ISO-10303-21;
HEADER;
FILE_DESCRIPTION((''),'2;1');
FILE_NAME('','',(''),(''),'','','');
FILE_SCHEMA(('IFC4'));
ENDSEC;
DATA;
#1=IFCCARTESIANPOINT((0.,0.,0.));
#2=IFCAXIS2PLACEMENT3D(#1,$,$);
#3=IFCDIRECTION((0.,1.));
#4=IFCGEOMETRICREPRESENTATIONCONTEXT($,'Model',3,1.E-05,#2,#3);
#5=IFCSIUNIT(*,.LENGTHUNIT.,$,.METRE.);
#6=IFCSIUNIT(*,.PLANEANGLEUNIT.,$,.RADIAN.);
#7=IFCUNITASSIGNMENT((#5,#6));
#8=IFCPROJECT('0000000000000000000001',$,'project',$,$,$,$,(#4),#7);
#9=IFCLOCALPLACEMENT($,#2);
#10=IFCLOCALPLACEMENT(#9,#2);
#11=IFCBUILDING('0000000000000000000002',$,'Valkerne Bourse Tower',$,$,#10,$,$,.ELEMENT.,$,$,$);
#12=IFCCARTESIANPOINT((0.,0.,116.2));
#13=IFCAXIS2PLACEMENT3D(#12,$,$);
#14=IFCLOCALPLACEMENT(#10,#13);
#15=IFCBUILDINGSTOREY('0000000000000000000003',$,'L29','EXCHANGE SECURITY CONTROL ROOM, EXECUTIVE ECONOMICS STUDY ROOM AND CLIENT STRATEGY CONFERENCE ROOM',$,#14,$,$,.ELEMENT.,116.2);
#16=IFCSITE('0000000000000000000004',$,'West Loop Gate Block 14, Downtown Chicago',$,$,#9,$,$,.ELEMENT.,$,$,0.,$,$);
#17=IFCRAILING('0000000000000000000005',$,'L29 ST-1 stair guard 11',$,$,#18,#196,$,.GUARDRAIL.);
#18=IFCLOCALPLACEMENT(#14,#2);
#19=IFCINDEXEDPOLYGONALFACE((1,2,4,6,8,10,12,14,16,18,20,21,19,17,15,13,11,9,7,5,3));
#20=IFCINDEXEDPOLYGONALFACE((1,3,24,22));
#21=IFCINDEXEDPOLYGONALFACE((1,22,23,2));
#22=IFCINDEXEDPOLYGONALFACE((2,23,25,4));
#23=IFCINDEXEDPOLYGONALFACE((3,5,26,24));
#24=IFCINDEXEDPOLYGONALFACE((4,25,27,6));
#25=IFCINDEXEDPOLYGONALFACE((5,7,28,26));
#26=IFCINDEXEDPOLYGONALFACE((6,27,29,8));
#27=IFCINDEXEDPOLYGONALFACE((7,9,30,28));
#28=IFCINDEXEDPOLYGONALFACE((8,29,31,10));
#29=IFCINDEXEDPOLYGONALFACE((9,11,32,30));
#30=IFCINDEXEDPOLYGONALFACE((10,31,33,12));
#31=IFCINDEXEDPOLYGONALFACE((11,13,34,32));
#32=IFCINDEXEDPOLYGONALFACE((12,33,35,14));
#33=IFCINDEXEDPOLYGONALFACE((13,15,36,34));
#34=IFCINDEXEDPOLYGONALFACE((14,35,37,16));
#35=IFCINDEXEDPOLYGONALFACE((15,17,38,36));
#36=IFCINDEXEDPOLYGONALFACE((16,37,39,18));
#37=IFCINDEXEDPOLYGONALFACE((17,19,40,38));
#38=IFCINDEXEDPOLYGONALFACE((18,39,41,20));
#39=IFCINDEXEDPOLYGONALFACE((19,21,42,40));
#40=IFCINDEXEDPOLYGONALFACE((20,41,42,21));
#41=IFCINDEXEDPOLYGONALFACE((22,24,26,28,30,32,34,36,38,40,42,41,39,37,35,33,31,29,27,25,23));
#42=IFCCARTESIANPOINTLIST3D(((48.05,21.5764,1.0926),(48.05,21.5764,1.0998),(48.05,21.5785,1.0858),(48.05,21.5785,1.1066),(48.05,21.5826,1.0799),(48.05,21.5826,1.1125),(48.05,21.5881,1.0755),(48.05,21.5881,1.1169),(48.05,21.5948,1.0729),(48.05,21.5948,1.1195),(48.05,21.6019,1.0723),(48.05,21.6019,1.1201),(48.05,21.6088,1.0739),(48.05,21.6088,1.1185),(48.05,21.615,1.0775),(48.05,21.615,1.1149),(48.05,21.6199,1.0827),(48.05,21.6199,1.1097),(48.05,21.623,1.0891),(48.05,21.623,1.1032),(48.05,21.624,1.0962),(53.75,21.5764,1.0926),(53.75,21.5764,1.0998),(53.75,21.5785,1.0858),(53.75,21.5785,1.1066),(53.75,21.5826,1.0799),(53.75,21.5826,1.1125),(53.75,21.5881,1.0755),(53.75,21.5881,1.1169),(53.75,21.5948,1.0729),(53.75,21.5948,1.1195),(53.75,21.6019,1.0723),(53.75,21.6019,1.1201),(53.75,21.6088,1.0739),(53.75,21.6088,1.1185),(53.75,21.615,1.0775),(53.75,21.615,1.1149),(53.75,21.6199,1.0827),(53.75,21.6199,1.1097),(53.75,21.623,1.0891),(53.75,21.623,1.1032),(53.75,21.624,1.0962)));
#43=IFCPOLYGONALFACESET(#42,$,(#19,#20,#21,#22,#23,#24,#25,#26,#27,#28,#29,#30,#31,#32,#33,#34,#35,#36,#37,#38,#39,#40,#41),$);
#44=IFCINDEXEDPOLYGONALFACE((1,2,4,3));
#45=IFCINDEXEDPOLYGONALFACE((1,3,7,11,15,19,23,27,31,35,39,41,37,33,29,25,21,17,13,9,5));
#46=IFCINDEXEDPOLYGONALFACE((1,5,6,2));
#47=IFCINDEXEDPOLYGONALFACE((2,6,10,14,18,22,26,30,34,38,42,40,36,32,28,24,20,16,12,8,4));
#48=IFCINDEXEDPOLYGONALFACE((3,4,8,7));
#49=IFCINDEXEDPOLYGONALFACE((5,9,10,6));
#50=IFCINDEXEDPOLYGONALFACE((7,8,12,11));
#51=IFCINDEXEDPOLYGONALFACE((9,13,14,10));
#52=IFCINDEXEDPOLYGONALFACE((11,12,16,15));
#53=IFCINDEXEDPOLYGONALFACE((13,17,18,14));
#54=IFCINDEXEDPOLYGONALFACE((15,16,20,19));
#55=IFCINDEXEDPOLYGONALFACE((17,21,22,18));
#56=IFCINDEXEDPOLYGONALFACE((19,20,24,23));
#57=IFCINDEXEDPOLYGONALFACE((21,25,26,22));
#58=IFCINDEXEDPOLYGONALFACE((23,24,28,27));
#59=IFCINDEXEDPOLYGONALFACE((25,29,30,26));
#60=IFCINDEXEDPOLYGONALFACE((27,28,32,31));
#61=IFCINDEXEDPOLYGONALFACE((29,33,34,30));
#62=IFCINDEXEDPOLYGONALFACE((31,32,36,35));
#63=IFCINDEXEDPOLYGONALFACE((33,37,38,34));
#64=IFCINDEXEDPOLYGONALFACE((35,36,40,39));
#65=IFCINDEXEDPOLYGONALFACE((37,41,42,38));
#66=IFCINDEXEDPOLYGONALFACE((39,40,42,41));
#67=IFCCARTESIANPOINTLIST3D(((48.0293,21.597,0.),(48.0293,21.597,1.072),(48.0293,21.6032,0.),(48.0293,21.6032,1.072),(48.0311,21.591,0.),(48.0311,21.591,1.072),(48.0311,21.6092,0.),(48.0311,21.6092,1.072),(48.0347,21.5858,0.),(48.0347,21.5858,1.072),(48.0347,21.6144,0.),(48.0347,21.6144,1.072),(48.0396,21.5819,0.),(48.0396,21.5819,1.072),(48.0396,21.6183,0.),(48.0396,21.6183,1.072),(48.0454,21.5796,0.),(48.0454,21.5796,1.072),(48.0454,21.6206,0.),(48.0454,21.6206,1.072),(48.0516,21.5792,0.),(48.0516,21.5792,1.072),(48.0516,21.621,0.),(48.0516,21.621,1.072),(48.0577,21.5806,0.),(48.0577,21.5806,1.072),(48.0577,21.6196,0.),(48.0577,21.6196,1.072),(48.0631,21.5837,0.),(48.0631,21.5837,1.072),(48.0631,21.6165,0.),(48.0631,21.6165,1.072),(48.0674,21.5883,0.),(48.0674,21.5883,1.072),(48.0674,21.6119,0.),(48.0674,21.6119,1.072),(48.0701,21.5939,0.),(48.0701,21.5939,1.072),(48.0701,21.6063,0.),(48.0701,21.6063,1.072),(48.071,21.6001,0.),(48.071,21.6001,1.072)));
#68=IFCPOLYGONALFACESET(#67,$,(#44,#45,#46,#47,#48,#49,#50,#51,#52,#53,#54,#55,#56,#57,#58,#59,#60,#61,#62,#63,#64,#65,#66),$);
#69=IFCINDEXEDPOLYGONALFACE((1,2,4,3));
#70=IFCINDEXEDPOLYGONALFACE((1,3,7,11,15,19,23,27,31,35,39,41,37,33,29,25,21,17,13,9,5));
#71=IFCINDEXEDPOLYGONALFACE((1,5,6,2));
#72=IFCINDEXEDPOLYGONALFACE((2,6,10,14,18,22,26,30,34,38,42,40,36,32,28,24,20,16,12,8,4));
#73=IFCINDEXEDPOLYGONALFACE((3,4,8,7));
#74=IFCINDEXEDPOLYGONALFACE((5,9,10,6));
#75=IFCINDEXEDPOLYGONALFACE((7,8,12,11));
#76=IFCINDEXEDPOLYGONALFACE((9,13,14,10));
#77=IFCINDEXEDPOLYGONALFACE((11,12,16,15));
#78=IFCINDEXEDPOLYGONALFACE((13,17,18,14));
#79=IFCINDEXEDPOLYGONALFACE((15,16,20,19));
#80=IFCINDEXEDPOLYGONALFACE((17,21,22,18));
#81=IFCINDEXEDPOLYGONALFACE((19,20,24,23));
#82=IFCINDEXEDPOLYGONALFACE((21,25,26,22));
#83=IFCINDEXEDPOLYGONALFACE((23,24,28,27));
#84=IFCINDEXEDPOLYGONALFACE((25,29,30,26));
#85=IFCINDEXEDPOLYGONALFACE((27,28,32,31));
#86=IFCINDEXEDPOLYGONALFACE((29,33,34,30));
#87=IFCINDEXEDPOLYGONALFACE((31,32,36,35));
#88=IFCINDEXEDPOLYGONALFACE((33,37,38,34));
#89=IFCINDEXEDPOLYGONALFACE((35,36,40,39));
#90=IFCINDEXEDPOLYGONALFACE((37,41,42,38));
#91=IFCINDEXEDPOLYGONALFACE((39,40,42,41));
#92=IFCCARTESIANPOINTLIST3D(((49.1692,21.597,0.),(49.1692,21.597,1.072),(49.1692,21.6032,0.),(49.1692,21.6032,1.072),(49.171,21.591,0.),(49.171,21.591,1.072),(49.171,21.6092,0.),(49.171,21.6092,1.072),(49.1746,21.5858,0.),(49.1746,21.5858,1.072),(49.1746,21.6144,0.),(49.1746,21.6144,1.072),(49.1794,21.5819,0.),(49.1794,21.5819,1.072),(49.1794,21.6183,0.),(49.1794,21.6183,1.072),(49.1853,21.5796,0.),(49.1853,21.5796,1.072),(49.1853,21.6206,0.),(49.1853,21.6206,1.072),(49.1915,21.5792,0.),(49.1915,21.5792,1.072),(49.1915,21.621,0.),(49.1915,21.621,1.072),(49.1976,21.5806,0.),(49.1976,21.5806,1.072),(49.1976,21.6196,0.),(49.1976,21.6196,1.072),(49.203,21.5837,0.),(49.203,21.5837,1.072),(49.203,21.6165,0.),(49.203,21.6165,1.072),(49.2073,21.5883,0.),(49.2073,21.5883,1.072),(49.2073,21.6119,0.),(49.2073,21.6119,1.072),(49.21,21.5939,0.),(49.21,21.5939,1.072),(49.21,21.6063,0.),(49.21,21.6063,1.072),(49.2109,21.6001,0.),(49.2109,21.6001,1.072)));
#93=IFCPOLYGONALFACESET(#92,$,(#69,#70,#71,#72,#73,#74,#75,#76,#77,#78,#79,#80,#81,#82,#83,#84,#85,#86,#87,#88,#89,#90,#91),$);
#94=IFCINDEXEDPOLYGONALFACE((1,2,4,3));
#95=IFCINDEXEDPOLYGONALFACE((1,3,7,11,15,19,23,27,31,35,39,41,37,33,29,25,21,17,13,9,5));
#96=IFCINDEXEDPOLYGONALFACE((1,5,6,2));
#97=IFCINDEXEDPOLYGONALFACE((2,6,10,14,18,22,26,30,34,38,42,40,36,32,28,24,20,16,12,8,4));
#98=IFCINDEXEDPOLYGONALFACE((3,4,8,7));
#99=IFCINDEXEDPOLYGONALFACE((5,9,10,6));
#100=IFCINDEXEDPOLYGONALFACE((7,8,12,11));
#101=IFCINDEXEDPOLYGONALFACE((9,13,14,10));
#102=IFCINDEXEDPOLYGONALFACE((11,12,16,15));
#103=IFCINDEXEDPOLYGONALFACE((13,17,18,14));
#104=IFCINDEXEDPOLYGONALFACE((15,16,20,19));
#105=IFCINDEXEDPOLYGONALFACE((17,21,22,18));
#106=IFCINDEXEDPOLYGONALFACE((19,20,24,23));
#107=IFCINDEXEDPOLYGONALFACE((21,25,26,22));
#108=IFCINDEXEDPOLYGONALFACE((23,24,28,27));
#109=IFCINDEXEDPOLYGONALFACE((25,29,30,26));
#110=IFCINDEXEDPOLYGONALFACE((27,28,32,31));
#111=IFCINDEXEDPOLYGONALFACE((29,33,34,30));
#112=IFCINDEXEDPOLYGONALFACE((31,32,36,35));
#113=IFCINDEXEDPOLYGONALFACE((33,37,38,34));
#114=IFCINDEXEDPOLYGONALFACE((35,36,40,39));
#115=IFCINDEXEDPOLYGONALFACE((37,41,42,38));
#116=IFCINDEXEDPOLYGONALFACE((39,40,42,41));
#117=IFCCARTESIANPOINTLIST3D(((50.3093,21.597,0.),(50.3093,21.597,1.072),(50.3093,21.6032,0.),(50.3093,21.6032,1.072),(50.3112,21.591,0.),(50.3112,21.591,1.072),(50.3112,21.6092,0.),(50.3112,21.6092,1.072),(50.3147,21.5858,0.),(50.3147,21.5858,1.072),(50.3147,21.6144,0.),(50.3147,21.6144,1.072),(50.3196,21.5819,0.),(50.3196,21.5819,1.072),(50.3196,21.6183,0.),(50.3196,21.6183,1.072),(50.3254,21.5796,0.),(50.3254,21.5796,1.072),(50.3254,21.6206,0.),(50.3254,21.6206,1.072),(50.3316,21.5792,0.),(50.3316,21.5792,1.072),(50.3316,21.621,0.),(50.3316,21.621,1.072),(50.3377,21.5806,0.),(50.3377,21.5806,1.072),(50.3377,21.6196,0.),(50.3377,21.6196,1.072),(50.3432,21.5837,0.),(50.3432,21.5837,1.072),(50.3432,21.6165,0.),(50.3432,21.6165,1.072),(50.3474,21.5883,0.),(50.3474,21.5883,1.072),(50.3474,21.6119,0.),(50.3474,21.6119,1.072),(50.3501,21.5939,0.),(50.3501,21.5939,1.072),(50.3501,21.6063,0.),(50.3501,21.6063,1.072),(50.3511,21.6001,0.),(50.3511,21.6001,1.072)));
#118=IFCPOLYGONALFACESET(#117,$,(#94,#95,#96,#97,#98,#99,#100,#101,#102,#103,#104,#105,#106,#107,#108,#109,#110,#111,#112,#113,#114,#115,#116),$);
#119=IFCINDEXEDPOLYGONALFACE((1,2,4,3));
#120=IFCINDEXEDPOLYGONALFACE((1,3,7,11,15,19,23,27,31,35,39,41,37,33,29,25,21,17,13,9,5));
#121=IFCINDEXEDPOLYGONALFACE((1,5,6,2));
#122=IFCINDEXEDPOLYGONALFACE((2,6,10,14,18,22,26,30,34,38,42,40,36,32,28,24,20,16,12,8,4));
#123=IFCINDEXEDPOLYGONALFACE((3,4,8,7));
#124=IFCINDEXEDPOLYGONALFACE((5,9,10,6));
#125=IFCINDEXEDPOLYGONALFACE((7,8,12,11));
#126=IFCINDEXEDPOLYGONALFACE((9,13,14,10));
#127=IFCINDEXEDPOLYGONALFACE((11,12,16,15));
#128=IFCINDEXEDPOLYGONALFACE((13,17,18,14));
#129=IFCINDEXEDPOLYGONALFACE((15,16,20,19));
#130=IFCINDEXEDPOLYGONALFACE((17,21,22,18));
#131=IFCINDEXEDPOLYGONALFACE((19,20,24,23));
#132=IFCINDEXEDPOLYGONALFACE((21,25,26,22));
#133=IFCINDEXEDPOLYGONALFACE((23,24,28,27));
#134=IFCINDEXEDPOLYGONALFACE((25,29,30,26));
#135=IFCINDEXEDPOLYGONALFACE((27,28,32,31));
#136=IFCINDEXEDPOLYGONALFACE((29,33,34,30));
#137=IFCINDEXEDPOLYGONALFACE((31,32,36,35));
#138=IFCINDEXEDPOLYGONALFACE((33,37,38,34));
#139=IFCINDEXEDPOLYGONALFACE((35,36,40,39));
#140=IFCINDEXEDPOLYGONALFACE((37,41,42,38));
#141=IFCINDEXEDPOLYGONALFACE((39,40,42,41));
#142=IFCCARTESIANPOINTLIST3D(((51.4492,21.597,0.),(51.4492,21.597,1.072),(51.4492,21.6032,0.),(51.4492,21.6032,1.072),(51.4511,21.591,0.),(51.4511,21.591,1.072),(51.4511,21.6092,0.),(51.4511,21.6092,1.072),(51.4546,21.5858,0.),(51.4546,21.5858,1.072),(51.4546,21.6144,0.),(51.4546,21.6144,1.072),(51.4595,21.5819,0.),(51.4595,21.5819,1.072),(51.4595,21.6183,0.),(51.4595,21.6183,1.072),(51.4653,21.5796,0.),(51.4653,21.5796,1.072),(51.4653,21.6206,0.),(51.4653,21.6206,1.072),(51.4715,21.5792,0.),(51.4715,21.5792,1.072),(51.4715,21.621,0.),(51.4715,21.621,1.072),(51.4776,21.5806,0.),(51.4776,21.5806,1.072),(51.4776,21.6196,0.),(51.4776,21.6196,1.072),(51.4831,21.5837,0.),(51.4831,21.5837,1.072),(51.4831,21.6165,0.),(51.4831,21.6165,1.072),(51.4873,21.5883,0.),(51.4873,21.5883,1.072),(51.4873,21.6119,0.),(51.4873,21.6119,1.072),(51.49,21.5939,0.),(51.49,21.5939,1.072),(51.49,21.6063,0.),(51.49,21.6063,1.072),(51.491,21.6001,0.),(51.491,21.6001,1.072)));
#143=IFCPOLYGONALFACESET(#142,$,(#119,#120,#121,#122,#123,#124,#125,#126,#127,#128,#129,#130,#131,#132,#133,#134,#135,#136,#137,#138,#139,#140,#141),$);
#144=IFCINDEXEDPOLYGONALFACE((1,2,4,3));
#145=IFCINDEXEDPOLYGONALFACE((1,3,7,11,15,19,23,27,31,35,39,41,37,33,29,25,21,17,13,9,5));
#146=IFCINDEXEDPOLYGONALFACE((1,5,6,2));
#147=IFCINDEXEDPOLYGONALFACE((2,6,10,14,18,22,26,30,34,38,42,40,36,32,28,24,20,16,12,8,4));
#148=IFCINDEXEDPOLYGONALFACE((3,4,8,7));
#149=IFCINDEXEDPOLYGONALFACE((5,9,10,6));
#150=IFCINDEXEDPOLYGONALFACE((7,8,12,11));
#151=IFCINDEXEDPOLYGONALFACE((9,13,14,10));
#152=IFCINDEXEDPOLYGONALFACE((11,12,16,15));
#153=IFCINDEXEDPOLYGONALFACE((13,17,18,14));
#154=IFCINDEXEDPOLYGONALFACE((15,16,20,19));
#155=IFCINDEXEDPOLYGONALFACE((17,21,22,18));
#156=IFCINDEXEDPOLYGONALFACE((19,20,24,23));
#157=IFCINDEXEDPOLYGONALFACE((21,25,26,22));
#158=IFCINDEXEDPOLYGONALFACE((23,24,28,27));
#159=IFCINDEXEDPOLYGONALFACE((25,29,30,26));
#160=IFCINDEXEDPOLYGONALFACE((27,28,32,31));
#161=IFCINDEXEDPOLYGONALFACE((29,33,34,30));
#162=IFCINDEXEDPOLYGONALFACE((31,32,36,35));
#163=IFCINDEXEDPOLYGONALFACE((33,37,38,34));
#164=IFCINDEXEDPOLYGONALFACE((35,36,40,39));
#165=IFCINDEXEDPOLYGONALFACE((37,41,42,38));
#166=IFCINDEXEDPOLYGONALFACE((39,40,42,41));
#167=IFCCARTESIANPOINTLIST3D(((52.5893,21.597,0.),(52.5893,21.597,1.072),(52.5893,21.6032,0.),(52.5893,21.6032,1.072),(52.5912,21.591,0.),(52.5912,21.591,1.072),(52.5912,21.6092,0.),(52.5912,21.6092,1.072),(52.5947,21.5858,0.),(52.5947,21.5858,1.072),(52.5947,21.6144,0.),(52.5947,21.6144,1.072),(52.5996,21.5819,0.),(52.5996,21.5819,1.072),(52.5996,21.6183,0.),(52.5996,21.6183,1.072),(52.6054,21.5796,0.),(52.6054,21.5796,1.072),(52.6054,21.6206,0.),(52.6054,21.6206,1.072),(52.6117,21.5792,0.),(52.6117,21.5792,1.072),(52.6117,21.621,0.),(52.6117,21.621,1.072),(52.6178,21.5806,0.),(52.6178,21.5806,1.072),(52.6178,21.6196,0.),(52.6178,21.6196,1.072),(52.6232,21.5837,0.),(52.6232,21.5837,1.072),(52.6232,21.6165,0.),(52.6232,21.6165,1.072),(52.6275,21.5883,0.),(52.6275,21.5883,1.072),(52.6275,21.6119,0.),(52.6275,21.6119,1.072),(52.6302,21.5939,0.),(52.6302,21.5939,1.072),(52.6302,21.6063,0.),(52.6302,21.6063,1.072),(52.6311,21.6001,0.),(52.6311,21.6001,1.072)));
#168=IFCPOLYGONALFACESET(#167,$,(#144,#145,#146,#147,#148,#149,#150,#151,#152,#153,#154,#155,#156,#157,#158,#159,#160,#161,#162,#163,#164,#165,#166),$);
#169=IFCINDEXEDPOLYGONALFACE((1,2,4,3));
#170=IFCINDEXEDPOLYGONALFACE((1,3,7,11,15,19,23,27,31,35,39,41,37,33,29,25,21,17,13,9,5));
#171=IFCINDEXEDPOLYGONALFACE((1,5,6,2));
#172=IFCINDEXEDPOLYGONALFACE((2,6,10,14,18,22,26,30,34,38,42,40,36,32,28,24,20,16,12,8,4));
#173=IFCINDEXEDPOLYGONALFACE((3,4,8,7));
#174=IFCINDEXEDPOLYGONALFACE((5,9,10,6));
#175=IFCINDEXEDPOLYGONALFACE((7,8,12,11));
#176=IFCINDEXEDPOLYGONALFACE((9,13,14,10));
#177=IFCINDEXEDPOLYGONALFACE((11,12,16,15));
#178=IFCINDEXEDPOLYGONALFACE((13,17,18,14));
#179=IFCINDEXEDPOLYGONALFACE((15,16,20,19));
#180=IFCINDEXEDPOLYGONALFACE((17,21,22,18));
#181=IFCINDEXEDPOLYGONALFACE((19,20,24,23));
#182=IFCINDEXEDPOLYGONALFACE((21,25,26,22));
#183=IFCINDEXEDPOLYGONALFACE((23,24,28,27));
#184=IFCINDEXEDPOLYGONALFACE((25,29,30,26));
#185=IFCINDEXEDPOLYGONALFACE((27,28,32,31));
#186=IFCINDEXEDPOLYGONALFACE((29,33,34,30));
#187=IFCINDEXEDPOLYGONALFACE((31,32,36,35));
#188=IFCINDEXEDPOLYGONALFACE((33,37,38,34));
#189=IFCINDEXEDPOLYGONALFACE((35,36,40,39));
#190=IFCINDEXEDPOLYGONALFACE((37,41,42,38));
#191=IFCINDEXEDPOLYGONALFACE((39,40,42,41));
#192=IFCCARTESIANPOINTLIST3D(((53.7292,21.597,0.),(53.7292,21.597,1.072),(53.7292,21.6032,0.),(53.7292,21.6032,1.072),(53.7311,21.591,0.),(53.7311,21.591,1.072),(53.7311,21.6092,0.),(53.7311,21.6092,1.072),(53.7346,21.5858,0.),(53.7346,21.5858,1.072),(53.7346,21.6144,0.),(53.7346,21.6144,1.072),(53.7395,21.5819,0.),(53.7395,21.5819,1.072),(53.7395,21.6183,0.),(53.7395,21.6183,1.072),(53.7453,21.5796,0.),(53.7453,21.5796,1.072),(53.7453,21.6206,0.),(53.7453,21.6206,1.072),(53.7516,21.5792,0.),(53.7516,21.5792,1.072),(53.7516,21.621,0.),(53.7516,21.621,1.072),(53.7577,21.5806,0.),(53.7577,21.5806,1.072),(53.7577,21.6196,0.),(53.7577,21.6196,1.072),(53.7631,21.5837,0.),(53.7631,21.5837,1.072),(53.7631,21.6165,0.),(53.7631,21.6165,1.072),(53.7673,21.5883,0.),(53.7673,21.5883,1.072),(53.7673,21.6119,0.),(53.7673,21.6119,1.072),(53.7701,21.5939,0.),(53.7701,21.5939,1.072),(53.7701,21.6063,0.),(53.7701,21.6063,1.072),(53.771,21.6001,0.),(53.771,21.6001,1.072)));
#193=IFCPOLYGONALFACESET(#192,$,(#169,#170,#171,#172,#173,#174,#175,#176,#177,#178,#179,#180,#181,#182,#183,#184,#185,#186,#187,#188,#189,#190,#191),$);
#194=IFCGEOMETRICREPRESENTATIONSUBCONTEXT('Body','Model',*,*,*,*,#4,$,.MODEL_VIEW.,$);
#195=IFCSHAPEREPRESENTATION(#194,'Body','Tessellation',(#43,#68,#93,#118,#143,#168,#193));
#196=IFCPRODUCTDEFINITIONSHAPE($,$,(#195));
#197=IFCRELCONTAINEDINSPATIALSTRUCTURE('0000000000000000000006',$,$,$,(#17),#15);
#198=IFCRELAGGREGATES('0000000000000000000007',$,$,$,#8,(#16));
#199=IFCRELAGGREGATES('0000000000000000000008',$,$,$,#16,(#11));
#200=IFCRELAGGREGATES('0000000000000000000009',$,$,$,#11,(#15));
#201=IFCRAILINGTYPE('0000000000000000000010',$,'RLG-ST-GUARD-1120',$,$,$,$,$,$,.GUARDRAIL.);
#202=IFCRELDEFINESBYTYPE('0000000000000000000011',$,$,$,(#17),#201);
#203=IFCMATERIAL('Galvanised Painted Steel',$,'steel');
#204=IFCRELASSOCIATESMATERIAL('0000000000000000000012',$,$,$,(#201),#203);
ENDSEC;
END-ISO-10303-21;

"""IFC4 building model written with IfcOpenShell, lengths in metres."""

from ifc_helpers import new_model, si_unit, direction, frame, origin, origin_2d, place, context, subcontext, project, spatial, circle, extrude, material, type_object, element, save


model = new_model("IFC4")

# Units and contexts
model_context = context("Model", 3, precision=1e-05, world=origin(), true_north=direction((0.0, 1.0)))
body_context = subcontext(model_context, "Body", "Model", "MODEL_VIEW")
ifc_project = project(units=[si_unit("LENGTHUNIT", "METRE"), si_unit("PLANEANGLEUNIT", "RADIAN")], contexts=[model_context])

# Site, building, storey
site_placement = place(None, origin())
site = spatial("IfcSite", under=ifc_project, at=site_placement, Name="West Loop Gate Block 14, Downtown Chicago", CompositionType="ELEMENT", RefElevation=0.0)
building_placement = place(site_placement, origin())
building = spatial("IfcBuilding", under=site, at=building_placement, Name="Valkerne Bourse Tower", CompositionType="ELEMENT")
storey_placement = place(building_placement, frame((0.0, 0.0, 116.2)))
storey = spatial("IfcBuildingStorey", under=building, at=storey_placement, Name="L29", Description="EXCHANGE SECURITY CONTROL ROOM, EXECUTIVE ECONOMICS STUDY ROOM AND CLIENT STRATEGY CONFERENCE ROOM", CompositionType="ELEMENT", Elevation=116.2)

# Shared definitions
ifc_material_1 = material(Name="Galvanised Painted Steel", Category="steel")

# Railing
railing_type_1 = type_object("IfcRailingType", Name="RLG-ST-GUARD-1120", PredefinedType="GUARDRAIL", material=ifc_material_1)
railing_1_placement = place(storey_placement, frame((48.05, 21.6001, 0.0)))
element("IfcRailing", 1, at=railing_1_placement, inside=storey, type_object=railing_type_1, Name="L29 ST-1 stair guard 11", PredefinedType="GUARDRAIL", context=body_context, shape_type="SweptSolid", body=[
    extrude(circle(Radius=0.0239, at=origin_2d()), frame((0.0, 0.0, 1.0962), z_axis=(1.0, 0.0, 0.0), x_axis=(0.0, 1.0, 0.0)), (0.0, 0.0, 1.0), 5.7),
    extrude(circle(Radius=0.021, at=origin_2d()), origin(), (0.0, 0.0, 1.0), 1.072),
    extrude(circle(Radius=0.021, at=origin_2d()), frame((1.1399, 0.0, 0.0)), (0.0, 0.0, 1.0), 1.072),
    extrude(circle(Radius=0.021, at=origin_2d()), frame((2.28, 0.0, 0.0)), (0.0, 0.0, 1.0), 1.072),
    extrude(circle(Radius=0.021, at=origin_2d()), frame((3.4199, 0.0, 0.0)), (0.0, 0.0, 1.0), 1.072),
    extrude(circle(Radius=0.021, at=origin_2d()), frame((4.5601, 0.0, 0.0)), (0.0, 0.0, 1.0), 1.072),
    extrude(circle(Radius=0.021, at=origin_2d()), frame((5.7, 0.0, 0.0)), (0.0, 0.0, 1.0), 1.072),
])

save(model, "model.ifc")
